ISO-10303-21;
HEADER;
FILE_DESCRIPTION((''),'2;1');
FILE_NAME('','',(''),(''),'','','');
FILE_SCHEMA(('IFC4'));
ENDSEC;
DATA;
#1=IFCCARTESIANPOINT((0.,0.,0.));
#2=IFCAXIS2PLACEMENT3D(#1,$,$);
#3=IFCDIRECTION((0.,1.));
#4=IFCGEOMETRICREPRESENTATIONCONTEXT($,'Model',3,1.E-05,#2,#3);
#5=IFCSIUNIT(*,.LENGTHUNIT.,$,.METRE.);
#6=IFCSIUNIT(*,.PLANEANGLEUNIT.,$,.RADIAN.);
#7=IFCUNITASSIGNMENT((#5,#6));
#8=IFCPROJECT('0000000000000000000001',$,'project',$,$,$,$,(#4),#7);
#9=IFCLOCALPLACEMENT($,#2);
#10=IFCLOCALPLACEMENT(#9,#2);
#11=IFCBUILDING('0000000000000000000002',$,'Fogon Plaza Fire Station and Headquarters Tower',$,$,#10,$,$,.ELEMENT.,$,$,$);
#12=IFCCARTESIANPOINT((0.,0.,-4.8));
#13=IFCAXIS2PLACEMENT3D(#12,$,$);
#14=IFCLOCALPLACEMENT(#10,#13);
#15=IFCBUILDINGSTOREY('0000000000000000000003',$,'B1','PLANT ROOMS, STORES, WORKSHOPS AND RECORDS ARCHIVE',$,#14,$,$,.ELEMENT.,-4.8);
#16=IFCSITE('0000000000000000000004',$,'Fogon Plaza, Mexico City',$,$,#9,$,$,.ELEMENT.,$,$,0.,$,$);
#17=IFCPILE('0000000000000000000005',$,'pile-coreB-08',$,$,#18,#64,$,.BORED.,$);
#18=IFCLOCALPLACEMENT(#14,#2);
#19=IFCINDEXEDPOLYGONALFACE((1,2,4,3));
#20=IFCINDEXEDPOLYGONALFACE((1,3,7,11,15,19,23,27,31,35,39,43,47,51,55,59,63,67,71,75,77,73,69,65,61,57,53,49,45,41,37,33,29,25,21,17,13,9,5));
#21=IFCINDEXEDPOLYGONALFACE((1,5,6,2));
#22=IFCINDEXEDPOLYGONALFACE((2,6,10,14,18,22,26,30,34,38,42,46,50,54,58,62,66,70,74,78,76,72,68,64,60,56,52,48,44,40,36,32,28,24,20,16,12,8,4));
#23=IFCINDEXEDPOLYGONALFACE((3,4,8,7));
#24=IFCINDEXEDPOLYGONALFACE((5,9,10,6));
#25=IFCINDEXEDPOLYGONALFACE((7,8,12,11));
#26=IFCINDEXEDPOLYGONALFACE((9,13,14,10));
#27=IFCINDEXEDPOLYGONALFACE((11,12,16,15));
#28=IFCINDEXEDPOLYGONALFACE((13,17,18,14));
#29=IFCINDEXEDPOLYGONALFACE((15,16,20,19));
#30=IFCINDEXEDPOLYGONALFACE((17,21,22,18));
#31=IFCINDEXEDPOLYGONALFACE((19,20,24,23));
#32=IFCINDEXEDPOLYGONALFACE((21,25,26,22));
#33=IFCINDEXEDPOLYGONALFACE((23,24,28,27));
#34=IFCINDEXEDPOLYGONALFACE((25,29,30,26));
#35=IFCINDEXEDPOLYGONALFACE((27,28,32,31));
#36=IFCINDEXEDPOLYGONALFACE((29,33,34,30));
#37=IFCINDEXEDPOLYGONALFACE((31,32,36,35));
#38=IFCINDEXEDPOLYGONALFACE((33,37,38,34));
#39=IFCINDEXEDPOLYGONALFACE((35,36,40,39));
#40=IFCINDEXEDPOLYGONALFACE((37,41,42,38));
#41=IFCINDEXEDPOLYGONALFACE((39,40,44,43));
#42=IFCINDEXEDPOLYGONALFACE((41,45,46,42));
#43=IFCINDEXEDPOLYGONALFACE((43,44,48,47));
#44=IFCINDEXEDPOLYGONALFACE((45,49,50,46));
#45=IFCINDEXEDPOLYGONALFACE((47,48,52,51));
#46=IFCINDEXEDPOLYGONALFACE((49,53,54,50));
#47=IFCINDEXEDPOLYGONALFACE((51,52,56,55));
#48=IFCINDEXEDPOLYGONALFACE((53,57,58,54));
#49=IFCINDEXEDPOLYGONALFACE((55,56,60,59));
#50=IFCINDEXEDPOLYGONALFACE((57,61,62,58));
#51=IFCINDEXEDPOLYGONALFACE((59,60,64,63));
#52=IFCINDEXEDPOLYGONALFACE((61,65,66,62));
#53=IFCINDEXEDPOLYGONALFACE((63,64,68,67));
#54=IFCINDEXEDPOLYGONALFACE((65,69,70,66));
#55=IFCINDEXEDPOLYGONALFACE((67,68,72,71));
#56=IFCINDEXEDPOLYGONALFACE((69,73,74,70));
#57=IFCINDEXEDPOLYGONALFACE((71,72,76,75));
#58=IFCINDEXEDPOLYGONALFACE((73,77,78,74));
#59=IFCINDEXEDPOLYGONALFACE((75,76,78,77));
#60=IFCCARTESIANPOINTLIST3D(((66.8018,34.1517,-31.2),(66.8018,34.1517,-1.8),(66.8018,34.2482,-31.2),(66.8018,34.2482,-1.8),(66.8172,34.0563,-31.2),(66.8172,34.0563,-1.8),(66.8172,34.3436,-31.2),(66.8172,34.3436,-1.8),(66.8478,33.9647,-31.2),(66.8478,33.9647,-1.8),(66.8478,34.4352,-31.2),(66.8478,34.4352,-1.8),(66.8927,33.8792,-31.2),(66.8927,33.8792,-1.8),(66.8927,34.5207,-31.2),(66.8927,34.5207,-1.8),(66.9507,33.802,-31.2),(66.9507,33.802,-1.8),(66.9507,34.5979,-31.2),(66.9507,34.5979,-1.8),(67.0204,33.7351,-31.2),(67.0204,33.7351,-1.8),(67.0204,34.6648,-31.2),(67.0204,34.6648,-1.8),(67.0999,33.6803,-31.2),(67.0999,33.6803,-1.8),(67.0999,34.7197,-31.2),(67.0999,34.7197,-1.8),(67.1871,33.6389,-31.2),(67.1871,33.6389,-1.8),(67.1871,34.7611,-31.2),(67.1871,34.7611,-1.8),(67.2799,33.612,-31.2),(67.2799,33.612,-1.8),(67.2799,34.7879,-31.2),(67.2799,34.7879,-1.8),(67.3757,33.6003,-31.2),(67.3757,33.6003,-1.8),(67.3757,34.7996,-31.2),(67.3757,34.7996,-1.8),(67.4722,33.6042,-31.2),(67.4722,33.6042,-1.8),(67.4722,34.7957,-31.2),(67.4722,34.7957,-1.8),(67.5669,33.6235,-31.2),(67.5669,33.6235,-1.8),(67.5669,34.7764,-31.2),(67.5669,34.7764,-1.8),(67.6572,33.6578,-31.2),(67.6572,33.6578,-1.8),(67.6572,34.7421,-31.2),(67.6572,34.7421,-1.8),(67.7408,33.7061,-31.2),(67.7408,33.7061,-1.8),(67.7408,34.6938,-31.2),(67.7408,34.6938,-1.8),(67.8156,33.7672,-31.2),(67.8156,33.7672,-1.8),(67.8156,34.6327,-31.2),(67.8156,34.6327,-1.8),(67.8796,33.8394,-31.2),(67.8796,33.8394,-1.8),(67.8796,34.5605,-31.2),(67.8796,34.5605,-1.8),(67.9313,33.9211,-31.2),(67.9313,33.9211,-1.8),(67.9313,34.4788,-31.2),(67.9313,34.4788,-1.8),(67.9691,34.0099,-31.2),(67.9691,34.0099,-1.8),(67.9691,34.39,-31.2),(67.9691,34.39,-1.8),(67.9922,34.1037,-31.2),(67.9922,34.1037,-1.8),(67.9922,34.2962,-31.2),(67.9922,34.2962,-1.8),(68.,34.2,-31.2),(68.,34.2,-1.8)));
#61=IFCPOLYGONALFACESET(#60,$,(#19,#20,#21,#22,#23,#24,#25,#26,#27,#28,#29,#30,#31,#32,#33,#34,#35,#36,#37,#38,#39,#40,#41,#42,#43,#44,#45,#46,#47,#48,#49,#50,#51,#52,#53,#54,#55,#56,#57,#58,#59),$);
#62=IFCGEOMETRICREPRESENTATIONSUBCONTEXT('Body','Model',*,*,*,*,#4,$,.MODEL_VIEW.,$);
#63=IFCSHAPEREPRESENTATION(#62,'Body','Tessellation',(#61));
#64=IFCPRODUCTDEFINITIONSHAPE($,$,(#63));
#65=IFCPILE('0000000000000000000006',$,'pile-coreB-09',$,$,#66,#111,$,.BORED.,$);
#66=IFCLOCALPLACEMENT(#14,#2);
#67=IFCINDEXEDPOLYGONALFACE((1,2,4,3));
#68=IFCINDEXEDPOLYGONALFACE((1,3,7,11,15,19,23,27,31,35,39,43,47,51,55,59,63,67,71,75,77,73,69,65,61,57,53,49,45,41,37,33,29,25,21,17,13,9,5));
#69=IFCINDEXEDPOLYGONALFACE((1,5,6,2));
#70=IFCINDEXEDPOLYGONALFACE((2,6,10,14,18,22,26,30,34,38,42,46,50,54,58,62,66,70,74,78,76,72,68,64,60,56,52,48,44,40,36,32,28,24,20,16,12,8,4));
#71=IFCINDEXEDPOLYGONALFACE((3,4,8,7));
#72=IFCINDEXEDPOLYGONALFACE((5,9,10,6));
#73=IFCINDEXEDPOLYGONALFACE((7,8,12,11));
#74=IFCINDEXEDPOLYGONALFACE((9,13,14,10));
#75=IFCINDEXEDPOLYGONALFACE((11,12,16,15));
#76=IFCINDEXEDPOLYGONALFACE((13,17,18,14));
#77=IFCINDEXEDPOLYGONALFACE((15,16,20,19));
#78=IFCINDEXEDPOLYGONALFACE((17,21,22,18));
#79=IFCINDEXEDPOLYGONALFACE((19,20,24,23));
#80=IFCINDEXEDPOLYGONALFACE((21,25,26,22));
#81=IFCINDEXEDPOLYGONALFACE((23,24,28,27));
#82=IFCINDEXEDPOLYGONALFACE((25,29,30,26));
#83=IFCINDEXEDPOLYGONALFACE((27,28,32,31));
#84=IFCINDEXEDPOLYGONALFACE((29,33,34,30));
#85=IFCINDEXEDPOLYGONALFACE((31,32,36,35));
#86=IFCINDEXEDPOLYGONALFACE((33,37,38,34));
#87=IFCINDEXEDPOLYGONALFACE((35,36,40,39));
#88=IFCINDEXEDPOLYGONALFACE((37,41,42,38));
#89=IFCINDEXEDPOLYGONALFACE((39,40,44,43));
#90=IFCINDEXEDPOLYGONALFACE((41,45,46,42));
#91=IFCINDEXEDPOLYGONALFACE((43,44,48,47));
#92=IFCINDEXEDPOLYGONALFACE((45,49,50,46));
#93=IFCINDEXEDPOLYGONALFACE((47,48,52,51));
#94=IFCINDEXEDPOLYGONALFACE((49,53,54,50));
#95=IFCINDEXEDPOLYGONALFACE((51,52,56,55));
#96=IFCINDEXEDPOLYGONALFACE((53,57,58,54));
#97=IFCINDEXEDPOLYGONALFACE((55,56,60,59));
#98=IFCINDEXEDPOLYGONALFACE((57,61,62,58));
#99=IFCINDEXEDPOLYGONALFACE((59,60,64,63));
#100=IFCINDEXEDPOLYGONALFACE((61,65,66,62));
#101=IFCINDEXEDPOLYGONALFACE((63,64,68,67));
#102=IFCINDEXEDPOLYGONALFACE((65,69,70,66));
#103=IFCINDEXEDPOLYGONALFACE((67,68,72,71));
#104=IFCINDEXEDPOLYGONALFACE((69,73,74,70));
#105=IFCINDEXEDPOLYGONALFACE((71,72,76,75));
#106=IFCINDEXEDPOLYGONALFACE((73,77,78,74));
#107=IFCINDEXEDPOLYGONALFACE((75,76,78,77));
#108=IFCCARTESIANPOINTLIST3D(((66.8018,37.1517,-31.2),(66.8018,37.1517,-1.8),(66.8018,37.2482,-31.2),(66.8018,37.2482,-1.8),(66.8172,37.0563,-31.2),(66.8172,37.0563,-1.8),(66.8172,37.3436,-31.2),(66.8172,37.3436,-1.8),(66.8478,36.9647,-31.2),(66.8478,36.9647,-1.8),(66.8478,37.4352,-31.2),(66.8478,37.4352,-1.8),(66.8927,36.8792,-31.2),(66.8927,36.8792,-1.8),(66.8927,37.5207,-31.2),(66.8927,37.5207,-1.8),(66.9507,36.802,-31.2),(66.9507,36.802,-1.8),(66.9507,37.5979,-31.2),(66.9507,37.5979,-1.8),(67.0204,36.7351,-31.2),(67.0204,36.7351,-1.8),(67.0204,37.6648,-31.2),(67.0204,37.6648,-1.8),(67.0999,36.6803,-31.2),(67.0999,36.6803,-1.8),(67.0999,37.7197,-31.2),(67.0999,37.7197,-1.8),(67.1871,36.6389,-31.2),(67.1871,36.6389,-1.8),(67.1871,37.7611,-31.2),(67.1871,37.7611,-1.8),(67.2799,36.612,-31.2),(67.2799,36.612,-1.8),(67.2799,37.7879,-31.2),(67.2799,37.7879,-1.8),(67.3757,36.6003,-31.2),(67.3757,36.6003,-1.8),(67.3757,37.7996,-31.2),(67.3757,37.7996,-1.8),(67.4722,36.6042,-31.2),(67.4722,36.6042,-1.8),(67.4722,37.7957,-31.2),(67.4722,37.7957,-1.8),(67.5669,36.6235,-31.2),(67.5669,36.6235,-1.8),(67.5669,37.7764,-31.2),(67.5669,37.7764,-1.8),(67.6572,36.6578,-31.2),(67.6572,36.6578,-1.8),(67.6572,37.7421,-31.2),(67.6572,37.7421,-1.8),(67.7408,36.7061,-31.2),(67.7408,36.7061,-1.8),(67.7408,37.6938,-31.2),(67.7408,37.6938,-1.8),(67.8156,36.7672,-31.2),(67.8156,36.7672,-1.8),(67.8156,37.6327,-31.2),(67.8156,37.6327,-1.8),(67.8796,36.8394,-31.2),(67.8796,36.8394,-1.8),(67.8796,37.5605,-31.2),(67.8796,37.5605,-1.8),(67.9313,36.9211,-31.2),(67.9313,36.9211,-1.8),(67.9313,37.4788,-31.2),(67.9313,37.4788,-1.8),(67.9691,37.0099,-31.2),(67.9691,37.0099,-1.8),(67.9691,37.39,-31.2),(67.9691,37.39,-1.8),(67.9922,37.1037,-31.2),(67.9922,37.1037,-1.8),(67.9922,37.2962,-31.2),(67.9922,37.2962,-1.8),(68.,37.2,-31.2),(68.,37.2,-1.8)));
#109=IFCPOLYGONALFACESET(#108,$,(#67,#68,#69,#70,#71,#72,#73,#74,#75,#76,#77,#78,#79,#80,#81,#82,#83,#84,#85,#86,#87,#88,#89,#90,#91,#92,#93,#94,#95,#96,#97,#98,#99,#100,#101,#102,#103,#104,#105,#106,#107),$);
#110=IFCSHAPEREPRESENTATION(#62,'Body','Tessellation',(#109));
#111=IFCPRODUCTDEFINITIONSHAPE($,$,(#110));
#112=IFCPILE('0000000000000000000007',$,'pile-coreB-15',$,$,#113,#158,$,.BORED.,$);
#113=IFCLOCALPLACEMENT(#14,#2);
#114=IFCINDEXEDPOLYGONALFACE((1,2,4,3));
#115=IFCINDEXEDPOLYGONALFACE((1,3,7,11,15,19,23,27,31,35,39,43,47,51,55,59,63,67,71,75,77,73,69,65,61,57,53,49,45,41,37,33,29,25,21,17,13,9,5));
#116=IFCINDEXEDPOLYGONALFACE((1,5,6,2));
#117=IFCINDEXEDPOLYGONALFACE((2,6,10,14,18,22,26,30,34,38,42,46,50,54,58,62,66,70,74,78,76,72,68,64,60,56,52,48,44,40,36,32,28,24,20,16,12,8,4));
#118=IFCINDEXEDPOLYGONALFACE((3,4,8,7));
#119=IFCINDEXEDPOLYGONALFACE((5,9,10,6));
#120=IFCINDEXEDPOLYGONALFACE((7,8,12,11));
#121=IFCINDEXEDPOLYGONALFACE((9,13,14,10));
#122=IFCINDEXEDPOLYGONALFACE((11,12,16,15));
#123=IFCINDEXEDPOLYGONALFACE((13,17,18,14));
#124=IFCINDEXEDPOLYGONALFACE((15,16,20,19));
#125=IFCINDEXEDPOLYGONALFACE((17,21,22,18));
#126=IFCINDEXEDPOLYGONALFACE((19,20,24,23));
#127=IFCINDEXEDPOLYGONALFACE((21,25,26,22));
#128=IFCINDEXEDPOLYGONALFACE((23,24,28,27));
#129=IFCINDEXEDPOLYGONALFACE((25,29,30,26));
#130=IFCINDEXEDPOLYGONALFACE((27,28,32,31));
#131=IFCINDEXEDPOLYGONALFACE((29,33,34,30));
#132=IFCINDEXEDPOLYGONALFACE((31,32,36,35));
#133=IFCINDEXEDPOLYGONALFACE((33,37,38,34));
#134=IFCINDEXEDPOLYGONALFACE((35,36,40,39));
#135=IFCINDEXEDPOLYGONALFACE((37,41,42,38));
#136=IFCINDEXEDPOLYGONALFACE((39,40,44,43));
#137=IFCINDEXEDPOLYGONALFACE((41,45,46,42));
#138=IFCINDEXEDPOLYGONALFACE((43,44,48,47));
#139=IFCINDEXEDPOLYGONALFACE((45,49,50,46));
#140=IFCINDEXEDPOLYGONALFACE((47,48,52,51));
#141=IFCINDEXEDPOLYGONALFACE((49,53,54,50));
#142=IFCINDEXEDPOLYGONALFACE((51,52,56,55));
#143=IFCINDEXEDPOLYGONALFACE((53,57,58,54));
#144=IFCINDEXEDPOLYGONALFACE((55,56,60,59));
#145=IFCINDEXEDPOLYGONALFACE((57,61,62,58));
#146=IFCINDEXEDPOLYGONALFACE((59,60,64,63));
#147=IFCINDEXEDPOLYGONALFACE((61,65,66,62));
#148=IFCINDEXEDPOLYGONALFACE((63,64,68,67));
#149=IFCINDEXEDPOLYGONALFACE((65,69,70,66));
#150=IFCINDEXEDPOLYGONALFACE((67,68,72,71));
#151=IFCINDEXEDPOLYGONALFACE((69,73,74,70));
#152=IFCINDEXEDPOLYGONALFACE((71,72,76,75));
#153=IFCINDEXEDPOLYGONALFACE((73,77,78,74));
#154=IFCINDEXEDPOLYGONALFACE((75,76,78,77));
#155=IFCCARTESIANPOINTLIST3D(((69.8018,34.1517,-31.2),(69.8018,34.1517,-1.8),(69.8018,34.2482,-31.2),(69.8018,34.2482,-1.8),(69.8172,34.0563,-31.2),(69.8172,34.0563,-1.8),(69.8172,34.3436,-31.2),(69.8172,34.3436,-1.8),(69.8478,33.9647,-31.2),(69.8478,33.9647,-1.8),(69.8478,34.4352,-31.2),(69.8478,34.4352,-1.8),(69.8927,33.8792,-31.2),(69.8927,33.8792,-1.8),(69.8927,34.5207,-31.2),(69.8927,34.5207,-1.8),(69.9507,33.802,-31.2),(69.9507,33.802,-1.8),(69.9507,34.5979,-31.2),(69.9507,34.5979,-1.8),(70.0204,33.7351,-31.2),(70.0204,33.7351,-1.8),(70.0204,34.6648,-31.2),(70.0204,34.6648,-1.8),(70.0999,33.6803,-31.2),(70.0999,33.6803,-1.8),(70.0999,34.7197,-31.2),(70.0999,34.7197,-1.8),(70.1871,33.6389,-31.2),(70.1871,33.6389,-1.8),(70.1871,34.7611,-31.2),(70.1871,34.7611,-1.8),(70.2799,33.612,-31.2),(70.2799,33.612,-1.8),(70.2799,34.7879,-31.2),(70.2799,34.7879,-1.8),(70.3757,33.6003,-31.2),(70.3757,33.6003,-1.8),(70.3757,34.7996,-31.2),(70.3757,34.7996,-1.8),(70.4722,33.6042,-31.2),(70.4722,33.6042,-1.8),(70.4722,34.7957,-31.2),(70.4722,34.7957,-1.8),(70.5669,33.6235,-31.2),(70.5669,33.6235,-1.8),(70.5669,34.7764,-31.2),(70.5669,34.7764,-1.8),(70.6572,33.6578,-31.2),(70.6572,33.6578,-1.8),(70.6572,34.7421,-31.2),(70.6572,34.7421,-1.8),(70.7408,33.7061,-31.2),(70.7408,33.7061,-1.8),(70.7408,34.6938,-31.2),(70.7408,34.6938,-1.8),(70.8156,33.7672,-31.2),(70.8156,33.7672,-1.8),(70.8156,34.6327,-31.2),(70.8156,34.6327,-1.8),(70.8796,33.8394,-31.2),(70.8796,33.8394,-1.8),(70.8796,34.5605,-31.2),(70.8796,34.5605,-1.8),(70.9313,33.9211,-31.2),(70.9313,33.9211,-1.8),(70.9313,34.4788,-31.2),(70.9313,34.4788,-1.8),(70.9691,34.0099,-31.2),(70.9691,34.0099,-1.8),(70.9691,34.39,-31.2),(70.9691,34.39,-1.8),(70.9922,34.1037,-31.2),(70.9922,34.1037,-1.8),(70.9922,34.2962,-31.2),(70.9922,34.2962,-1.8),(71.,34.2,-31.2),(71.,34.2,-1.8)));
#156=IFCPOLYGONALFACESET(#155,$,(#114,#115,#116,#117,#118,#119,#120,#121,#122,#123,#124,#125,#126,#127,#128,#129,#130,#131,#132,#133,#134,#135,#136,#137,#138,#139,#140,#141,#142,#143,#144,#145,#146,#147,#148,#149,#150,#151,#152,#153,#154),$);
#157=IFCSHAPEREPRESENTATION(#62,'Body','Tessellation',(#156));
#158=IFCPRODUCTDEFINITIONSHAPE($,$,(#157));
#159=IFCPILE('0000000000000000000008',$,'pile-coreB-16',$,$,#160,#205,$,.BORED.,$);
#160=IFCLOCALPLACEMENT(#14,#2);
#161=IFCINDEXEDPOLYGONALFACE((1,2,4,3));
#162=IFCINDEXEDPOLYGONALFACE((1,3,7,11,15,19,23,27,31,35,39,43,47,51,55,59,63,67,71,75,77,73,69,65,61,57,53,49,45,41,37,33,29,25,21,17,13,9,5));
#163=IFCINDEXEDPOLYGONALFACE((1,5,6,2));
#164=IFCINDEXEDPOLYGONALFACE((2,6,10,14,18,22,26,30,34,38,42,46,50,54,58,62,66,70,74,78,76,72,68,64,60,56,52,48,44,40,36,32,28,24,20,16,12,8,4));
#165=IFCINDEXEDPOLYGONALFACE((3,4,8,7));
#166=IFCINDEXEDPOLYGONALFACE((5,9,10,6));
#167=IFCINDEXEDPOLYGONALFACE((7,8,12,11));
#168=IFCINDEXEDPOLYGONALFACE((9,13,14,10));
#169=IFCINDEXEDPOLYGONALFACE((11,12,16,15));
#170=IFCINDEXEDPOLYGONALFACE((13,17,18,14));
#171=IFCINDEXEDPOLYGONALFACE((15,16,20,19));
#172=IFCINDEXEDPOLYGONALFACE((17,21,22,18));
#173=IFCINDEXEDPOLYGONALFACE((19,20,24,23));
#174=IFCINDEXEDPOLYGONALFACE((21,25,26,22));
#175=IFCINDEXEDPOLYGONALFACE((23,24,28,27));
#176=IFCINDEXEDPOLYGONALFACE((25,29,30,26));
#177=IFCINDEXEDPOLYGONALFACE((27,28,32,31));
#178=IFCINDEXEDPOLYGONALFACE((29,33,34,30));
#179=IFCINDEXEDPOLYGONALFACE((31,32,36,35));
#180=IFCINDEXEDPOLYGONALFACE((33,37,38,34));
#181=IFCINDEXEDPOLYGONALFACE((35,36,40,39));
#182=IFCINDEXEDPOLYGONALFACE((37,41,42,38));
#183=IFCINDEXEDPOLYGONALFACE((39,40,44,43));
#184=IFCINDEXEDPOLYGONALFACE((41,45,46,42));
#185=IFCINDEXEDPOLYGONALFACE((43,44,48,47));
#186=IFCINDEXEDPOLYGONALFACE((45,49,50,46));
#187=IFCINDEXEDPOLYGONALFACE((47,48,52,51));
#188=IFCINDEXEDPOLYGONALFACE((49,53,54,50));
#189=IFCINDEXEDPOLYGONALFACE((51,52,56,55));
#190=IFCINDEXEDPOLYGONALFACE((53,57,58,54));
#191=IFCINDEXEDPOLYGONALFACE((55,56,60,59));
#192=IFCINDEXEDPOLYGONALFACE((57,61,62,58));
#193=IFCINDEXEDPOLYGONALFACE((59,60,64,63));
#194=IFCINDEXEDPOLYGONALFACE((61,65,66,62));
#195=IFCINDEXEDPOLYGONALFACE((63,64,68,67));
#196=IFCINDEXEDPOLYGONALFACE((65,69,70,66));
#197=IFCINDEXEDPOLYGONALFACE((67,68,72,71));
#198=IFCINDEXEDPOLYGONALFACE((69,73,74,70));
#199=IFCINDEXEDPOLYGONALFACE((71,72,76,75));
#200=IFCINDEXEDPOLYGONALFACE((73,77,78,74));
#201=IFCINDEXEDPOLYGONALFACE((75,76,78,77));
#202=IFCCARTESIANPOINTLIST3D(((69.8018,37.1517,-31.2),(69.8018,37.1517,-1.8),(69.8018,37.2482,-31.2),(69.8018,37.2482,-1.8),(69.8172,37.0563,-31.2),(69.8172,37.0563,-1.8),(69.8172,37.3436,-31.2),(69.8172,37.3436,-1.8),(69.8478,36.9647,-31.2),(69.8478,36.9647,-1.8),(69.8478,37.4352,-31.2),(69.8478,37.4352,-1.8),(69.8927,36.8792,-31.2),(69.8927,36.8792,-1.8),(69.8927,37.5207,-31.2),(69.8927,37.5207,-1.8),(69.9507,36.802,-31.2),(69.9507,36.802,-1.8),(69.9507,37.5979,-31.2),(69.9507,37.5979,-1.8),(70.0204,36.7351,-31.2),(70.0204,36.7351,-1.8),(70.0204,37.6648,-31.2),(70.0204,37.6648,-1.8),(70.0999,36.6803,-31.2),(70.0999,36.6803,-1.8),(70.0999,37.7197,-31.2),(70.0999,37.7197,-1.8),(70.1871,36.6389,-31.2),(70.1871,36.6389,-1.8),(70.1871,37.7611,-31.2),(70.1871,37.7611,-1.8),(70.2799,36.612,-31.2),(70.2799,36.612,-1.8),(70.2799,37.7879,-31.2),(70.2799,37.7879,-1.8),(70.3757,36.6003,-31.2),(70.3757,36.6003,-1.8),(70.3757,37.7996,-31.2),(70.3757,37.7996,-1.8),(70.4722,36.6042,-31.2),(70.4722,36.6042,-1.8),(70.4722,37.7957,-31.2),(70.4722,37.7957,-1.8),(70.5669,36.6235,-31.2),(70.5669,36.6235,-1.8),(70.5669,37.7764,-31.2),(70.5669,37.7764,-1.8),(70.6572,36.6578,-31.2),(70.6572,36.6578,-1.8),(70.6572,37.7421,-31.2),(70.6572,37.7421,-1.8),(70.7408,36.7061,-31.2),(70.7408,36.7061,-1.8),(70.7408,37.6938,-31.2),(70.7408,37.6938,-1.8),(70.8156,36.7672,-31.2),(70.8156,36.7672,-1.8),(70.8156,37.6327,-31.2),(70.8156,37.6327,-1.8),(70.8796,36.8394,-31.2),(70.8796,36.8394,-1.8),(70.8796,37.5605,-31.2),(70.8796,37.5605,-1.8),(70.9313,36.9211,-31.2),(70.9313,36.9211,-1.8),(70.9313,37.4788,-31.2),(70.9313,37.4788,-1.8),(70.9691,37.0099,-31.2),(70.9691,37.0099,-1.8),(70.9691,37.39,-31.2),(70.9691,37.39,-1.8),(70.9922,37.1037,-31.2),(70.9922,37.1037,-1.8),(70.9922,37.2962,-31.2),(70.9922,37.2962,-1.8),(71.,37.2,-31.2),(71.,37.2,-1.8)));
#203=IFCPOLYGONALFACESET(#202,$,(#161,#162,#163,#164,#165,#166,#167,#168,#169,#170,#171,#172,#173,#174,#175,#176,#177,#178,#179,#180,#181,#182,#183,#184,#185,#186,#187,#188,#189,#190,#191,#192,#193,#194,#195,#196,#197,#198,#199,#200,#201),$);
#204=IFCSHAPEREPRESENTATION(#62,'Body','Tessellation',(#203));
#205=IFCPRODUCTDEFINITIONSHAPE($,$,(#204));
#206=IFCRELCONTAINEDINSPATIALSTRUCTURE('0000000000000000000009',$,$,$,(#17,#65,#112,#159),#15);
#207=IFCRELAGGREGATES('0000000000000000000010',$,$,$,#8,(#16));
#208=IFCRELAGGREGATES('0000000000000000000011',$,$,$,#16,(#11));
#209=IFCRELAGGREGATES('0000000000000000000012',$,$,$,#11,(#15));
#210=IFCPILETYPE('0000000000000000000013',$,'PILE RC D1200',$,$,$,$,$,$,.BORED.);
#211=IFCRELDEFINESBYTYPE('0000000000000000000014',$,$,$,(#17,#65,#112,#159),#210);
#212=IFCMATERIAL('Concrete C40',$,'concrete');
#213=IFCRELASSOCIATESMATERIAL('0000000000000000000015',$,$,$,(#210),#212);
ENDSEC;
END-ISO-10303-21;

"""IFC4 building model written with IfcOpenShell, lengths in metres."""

from ifc_helpers import new_model, si_unit, direction, frame, origin, origin_2d, place, context, subcontext, project, spatial, circle, extrude, material, material_profile, profile_set, type_object, element, save


model = new_model("IFC4")

# Units and contexts
model_context = context("Model", 3, precision=1e-05, world=origin(), true_north=direction((0.0, 1.0)))
body_context = subcontext(model_context, "Body", "Model", "MODEL_VIEW")
ifc_project = project(units=[si_unit("LENGTHUNIT", "METRE"), si_unit("PLANEANGLEUNIT", "RADIAN")], contexts=[model_context])

# Site, building, storey
site_placement = place(None, origin())
site = spatial("IfcSite", under=ifc_project, at=site_placement, Name="Fogon Plaza, Mexico City", CompositionType="ELEMENT", RefElevation=0.0)
building_placement = place(site_placement, origin())
building = spatial("IfcBuilding", under=site, at=building_placement, Name="Fogon Plaza Fire Station and Headquarters Tower", CompositionType="ELEMENT")
storey_placement = place(building_placement, frame((0.0, 0.0, -4.8)))
storey = spatial("IfcBuildingStorey", under=building, at=storey_placement, Name="B1", Description="PLANT ROOMS, STORES, WORKSHOPS AND RECORDS ARCHIVE", CompositionType="ELEMENT", Elevation=-4.8)

# Piles
ifc_material_1 = material(Name="Concrete C40", Category="concrete")
ifc_material_profile_1 = material_profile(ifc_material_1, circle(Radius=0.6001, at=origin_2d()), Name="RC D1200")
ifc_profile_set_1 = profile_set([ifc_material_profile_1], Name="Concrete C40")
pile_type = type_object("IfcPileType", Name="PILE RC D1200", PredefinedType="BORED", material=ifc_profile_set_1)
for number, where, z_axis, x_axis, name in (
    (1, (67.3999, 34.2, -1.8), (0.0, 0.0, -1.0), (1.0, 0.0, 0.0), "pile-coreB-08"),
    (2, (67.3999, 37.2, -1.8), (0.0, 0.0, -1.0), (1.0, 0.0, 0.0), "pile-coreB-09"),
    (3, (70.3999, 34.2, -1.8), (0.0, 0.0, -1.0), (1.0, 0.0, 0.0), "pile-coreB-15"),
    (4, (70.3999, 37.2, -1.8), (0.0, 0.0, -1.0), (1.0, 0.0, 0.0), "pile-coreB-16"),
):
    element("IfcPile", number, at=place(storey_placement, frame(where, z_axis=z_axis, x_axis=x_axis)), inside=storey, type_object=pile_type, Name=name, PredefinedType="BORED", context=body_context, shape_type="SweptSolid", body=[
        extrude(circle(Radius=0.6001, at=origin_2d()), origin(), (0.0, 0.0, 1.0), 29.3999),
    ])

save(model, "model.ifc")
